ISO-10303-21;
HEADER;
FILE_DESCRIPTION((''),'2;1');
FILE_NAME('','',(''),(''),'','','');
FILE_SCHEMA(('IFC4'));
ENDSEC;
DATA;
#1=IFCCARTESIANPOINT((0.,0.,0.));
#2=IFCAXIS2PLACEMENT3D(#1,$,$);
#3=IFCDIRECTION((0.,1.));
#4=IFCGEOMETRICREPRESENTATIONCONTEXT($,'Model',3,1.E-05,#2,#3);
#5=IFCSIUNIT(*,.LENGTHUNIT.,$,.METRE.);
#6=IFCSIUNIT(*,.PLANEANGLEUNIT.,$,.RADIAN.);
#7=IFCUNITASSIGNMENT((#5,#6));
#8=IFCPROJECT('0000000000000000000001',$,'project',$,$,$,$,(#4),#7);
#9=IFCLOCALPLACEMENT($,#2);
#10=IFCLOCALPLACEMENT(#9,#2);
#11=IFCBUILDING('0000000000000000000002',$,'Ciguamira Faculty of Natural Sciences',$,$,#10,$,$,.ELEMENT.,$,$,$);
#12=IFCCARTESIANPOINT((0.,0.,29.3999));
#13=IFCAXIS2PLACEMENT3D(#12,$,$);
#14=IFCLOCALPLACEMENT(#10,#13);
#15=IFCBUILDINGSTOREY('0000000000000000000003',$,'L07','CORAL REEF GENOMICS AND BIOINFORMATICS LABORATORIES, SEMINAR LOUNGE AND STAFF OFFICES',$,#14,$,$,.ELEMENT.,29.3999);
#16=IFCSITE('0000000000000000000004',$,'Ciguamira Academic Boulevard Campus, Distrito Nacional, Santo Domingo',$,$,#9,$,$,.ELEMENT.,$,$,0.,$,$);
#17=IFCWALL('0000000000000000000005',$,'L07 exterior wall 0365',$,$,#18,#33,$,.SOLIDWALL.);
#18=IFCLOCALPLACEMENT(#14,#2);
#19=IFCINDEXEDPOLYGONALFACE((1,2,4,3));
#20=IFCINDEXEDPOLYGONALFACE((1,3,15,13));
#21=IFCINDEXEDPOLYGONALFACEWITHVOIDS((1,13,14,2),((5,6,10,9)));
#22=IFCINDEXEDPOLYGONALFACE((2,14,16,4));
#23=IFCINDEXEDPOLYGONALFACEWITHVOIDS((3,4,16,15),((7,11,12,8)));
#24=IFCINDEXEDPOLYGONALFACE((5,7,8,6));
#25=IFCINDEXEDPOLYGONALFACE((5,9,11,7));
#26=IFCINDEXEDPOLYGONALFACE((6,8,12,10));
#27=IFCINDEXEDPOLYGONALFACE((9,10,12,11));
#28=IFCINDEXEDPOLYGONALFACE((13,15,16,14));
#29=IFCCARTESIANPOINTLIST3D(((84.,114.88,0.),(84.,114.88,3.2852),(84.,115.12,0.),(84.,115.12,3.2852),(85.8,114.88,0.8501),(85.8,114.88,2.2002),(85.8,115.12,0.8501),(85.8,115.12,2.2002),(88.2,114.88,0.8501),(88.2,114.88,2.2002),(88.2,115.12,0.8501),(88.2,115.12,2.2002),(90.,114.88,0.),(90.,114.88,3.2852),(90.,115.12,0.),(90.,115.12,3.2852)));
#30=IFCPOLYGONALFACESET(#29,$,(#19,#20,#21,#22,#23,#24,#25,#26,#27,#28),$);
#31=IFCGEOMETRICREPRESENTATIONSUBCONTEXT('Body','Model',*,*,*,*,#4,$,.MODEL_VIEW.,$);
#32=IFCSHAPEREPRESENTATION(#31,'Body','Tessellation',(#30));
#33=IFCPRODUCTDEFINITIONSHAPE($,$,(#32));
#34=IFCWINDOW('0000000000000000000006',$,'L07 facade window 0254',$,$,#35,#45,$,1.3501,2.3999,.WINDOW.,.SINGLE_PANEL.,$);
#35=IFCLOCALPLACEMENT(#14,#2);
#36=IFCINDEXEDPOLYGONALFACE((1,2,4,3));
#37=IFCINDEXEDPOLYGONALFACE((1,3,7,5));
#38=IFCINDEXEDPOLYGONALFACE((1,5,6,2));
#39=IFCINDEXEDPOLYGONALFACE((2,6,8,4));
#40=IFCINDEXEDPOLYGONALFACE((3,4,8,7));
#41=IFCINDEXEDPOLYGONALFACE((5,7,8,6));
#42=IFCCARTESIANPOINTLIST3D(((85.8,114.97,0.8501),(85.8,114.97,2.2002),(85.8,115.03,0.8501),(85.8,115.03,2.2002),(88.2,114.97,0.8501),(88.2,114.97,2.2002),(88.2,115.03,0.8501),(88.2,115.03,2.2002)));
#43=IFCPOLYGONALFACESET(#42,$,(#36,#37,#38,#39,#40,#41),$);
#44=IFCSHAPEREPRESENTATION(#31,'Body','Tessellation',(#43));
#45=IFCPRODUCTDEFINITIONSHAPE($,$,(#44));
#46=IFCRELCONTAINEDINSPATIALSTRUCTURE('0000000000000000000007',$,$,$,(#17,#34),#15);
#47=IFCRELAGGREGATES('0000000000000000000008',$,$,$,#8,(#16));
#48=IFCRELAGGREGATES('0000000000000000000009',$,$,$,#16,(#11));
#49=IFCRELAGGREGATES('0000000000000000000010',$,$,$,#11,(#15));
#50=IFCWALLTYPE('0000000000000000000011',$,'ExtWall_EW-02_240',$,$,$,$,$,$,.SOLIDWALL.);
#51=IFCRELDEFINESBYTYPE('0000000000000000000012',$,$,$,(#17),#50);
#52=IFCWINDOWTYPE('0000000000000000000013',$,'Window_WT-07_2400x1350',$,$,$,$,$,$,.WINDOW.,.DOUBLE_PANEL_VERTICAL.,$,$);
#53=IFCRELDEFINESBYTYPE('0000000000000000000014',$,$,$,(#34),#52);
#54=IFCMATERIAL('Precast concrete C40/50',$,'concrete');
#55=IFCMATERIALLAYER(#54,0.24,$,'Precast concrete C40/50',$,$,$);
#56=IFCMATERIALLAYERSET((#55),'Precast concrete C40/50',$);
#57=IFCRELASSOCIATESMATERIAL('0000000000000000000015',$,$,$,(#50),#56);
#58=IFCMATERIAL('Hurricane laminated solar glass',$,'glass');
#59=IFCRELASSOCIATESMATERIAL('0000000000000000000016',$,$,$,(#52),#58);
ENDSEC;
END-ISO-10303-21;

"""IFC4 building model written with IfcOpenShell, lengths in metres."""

from ifc_helpers import new_model, si_unit, direction, frame, frame_2d, origin, place, context, subcontext, project, spatial, rectangle, extrude, material, layer, layer_set, type_object, element, fill, save


model = new_model("IFC4")

# Units and contexts
model_context = context("Model", 3, precision=1e-05, world=origin(), true_north=direction((0.0, 1.0)))
body_context = subcontext(model_context, "Body", "Model", "MODEL_VIEW")
ifc_project = project(units=[si_unit("LENGTHUNIT", "METRE"), si_unit("PLANEANGLEUNIT", "RADIAN")], contexts=[model_context])

# Site, building, storey
site_placement = place(None, origin())
site = spatial("IfcSite", under=ifc_project, at=site_placement, Name="Ciguamira Academic Boulevard Campus, Distrito Nacional, Santo Domingo", CompositionType="ELEMENT", RefElevation=0.0)
building_placement = place(site_placement, origin())
building = spatial("IfcBuilding", under=site, at=building_placement, Name="Ciguamira Faculty of Natural Sciences", CompositionType="ELEMENT")
storey_placement = place(building_placement, frame((0.0, 0.0, 29.3999)))
storey = spatial("IfcBuildingStorey", under=building, at=storey_placement, Name="L07", Description="CORAL REEF GENOMICS AND BIOINFORMATICS LABORATORIES, SEMINAR LOUNGE AND STAFF OFFICES", CompositionType="ELEMENT", Elevation=29.3999)

# Wall, opening, window
ifc_material_1 = material(Name="Precast concrete C40/50", Category="concrete")
ifc_layer_1 = layer(ifc_material_1, 0.24, Name="Precast concrete C40/50")
ifc_layer_set_1 = layer_set([ifc_layer_1], Name="Precast concrete C40/50")
wall_type = type_object("IfcWallType", Name="ExtWall_EW-02_240", PredefinedType="SOLIDWALL", material=ifc_layer_set_1)
wall_placement = place(storey_placement, frame((84.0, 115.0, 0.0), z_axis=(0.0, 0.0, 1.0), x_axis=(1.0, 0.0, 0.0)))
wall = element("IfcWall", 1, at=wall_placement, inside=storey, type_object=wall_type, Name="L07 exterior wall 0365", PredefinedType="SOLIDWALL", context=body_context, shape_type="SweptSolid", body=[
    extrude(rectangle(XDim=6.0, YDim=0.24, at=frame_2d((3.0, 0.0))), origin(), (0.0, 0.0, 1.0), 3.2852),
])
opening_placement = place(wall_placement, frame((1.8, 0.0, 0.8501)))
opening = element("IfcOpeningElement", 2, at=opening_placement, cuts=wall, PredefinedType="OPENING", context=body_context, shape_type="SweptSolid", body=[
    extrude(rectangle(XDim=2.3999, YDim=1.3501, at=frame_2d((1.2, 0.675))), frame((0.0, 0.1299, 0.0), z_axis=(0.0, -1.0, 0.0), x_axis=(1.0, 0.0, 0.0)), (0.0, 0.0, 1.0), 0.26),
])
ifc_material_2 = material(Name="Hurricane laminated solar glass", Category="glass")
window_type = type_object("IfcWindowType", Name="Window_WT-07_2400x1350", PartitioningType="DOUBLE_PANEL_VERTICAL", PredefinedType="WINDOW", material=ifc_material_2)
window_placement = place(opening_placement, origin())
window = element("IfcWindow", 3, at=window_placement, inside=storey, type_object=window_type, Name="L07 facade window 0254", OverallHeight=1.3501, OverallWidth=2.3999, PartitioningType="SINGLE_PANEL", PredefinedType="WINDOW", context=body_context, shape_type="SweptSolid", body=[
    extrude(rectangle(XDim=2.3999, YDim=1.3501, at=frame_2d((1.2, 0.675))), frame((0.0, 0.03, 0.0), z_axis=(0.0, -1.0, 0.0), x_axis=(1.0, 0.0, 0.0)), (0.0, 0.0, 1.0), 0.0601),
])
fill(opening, window)

save(model, "model.ifc")
